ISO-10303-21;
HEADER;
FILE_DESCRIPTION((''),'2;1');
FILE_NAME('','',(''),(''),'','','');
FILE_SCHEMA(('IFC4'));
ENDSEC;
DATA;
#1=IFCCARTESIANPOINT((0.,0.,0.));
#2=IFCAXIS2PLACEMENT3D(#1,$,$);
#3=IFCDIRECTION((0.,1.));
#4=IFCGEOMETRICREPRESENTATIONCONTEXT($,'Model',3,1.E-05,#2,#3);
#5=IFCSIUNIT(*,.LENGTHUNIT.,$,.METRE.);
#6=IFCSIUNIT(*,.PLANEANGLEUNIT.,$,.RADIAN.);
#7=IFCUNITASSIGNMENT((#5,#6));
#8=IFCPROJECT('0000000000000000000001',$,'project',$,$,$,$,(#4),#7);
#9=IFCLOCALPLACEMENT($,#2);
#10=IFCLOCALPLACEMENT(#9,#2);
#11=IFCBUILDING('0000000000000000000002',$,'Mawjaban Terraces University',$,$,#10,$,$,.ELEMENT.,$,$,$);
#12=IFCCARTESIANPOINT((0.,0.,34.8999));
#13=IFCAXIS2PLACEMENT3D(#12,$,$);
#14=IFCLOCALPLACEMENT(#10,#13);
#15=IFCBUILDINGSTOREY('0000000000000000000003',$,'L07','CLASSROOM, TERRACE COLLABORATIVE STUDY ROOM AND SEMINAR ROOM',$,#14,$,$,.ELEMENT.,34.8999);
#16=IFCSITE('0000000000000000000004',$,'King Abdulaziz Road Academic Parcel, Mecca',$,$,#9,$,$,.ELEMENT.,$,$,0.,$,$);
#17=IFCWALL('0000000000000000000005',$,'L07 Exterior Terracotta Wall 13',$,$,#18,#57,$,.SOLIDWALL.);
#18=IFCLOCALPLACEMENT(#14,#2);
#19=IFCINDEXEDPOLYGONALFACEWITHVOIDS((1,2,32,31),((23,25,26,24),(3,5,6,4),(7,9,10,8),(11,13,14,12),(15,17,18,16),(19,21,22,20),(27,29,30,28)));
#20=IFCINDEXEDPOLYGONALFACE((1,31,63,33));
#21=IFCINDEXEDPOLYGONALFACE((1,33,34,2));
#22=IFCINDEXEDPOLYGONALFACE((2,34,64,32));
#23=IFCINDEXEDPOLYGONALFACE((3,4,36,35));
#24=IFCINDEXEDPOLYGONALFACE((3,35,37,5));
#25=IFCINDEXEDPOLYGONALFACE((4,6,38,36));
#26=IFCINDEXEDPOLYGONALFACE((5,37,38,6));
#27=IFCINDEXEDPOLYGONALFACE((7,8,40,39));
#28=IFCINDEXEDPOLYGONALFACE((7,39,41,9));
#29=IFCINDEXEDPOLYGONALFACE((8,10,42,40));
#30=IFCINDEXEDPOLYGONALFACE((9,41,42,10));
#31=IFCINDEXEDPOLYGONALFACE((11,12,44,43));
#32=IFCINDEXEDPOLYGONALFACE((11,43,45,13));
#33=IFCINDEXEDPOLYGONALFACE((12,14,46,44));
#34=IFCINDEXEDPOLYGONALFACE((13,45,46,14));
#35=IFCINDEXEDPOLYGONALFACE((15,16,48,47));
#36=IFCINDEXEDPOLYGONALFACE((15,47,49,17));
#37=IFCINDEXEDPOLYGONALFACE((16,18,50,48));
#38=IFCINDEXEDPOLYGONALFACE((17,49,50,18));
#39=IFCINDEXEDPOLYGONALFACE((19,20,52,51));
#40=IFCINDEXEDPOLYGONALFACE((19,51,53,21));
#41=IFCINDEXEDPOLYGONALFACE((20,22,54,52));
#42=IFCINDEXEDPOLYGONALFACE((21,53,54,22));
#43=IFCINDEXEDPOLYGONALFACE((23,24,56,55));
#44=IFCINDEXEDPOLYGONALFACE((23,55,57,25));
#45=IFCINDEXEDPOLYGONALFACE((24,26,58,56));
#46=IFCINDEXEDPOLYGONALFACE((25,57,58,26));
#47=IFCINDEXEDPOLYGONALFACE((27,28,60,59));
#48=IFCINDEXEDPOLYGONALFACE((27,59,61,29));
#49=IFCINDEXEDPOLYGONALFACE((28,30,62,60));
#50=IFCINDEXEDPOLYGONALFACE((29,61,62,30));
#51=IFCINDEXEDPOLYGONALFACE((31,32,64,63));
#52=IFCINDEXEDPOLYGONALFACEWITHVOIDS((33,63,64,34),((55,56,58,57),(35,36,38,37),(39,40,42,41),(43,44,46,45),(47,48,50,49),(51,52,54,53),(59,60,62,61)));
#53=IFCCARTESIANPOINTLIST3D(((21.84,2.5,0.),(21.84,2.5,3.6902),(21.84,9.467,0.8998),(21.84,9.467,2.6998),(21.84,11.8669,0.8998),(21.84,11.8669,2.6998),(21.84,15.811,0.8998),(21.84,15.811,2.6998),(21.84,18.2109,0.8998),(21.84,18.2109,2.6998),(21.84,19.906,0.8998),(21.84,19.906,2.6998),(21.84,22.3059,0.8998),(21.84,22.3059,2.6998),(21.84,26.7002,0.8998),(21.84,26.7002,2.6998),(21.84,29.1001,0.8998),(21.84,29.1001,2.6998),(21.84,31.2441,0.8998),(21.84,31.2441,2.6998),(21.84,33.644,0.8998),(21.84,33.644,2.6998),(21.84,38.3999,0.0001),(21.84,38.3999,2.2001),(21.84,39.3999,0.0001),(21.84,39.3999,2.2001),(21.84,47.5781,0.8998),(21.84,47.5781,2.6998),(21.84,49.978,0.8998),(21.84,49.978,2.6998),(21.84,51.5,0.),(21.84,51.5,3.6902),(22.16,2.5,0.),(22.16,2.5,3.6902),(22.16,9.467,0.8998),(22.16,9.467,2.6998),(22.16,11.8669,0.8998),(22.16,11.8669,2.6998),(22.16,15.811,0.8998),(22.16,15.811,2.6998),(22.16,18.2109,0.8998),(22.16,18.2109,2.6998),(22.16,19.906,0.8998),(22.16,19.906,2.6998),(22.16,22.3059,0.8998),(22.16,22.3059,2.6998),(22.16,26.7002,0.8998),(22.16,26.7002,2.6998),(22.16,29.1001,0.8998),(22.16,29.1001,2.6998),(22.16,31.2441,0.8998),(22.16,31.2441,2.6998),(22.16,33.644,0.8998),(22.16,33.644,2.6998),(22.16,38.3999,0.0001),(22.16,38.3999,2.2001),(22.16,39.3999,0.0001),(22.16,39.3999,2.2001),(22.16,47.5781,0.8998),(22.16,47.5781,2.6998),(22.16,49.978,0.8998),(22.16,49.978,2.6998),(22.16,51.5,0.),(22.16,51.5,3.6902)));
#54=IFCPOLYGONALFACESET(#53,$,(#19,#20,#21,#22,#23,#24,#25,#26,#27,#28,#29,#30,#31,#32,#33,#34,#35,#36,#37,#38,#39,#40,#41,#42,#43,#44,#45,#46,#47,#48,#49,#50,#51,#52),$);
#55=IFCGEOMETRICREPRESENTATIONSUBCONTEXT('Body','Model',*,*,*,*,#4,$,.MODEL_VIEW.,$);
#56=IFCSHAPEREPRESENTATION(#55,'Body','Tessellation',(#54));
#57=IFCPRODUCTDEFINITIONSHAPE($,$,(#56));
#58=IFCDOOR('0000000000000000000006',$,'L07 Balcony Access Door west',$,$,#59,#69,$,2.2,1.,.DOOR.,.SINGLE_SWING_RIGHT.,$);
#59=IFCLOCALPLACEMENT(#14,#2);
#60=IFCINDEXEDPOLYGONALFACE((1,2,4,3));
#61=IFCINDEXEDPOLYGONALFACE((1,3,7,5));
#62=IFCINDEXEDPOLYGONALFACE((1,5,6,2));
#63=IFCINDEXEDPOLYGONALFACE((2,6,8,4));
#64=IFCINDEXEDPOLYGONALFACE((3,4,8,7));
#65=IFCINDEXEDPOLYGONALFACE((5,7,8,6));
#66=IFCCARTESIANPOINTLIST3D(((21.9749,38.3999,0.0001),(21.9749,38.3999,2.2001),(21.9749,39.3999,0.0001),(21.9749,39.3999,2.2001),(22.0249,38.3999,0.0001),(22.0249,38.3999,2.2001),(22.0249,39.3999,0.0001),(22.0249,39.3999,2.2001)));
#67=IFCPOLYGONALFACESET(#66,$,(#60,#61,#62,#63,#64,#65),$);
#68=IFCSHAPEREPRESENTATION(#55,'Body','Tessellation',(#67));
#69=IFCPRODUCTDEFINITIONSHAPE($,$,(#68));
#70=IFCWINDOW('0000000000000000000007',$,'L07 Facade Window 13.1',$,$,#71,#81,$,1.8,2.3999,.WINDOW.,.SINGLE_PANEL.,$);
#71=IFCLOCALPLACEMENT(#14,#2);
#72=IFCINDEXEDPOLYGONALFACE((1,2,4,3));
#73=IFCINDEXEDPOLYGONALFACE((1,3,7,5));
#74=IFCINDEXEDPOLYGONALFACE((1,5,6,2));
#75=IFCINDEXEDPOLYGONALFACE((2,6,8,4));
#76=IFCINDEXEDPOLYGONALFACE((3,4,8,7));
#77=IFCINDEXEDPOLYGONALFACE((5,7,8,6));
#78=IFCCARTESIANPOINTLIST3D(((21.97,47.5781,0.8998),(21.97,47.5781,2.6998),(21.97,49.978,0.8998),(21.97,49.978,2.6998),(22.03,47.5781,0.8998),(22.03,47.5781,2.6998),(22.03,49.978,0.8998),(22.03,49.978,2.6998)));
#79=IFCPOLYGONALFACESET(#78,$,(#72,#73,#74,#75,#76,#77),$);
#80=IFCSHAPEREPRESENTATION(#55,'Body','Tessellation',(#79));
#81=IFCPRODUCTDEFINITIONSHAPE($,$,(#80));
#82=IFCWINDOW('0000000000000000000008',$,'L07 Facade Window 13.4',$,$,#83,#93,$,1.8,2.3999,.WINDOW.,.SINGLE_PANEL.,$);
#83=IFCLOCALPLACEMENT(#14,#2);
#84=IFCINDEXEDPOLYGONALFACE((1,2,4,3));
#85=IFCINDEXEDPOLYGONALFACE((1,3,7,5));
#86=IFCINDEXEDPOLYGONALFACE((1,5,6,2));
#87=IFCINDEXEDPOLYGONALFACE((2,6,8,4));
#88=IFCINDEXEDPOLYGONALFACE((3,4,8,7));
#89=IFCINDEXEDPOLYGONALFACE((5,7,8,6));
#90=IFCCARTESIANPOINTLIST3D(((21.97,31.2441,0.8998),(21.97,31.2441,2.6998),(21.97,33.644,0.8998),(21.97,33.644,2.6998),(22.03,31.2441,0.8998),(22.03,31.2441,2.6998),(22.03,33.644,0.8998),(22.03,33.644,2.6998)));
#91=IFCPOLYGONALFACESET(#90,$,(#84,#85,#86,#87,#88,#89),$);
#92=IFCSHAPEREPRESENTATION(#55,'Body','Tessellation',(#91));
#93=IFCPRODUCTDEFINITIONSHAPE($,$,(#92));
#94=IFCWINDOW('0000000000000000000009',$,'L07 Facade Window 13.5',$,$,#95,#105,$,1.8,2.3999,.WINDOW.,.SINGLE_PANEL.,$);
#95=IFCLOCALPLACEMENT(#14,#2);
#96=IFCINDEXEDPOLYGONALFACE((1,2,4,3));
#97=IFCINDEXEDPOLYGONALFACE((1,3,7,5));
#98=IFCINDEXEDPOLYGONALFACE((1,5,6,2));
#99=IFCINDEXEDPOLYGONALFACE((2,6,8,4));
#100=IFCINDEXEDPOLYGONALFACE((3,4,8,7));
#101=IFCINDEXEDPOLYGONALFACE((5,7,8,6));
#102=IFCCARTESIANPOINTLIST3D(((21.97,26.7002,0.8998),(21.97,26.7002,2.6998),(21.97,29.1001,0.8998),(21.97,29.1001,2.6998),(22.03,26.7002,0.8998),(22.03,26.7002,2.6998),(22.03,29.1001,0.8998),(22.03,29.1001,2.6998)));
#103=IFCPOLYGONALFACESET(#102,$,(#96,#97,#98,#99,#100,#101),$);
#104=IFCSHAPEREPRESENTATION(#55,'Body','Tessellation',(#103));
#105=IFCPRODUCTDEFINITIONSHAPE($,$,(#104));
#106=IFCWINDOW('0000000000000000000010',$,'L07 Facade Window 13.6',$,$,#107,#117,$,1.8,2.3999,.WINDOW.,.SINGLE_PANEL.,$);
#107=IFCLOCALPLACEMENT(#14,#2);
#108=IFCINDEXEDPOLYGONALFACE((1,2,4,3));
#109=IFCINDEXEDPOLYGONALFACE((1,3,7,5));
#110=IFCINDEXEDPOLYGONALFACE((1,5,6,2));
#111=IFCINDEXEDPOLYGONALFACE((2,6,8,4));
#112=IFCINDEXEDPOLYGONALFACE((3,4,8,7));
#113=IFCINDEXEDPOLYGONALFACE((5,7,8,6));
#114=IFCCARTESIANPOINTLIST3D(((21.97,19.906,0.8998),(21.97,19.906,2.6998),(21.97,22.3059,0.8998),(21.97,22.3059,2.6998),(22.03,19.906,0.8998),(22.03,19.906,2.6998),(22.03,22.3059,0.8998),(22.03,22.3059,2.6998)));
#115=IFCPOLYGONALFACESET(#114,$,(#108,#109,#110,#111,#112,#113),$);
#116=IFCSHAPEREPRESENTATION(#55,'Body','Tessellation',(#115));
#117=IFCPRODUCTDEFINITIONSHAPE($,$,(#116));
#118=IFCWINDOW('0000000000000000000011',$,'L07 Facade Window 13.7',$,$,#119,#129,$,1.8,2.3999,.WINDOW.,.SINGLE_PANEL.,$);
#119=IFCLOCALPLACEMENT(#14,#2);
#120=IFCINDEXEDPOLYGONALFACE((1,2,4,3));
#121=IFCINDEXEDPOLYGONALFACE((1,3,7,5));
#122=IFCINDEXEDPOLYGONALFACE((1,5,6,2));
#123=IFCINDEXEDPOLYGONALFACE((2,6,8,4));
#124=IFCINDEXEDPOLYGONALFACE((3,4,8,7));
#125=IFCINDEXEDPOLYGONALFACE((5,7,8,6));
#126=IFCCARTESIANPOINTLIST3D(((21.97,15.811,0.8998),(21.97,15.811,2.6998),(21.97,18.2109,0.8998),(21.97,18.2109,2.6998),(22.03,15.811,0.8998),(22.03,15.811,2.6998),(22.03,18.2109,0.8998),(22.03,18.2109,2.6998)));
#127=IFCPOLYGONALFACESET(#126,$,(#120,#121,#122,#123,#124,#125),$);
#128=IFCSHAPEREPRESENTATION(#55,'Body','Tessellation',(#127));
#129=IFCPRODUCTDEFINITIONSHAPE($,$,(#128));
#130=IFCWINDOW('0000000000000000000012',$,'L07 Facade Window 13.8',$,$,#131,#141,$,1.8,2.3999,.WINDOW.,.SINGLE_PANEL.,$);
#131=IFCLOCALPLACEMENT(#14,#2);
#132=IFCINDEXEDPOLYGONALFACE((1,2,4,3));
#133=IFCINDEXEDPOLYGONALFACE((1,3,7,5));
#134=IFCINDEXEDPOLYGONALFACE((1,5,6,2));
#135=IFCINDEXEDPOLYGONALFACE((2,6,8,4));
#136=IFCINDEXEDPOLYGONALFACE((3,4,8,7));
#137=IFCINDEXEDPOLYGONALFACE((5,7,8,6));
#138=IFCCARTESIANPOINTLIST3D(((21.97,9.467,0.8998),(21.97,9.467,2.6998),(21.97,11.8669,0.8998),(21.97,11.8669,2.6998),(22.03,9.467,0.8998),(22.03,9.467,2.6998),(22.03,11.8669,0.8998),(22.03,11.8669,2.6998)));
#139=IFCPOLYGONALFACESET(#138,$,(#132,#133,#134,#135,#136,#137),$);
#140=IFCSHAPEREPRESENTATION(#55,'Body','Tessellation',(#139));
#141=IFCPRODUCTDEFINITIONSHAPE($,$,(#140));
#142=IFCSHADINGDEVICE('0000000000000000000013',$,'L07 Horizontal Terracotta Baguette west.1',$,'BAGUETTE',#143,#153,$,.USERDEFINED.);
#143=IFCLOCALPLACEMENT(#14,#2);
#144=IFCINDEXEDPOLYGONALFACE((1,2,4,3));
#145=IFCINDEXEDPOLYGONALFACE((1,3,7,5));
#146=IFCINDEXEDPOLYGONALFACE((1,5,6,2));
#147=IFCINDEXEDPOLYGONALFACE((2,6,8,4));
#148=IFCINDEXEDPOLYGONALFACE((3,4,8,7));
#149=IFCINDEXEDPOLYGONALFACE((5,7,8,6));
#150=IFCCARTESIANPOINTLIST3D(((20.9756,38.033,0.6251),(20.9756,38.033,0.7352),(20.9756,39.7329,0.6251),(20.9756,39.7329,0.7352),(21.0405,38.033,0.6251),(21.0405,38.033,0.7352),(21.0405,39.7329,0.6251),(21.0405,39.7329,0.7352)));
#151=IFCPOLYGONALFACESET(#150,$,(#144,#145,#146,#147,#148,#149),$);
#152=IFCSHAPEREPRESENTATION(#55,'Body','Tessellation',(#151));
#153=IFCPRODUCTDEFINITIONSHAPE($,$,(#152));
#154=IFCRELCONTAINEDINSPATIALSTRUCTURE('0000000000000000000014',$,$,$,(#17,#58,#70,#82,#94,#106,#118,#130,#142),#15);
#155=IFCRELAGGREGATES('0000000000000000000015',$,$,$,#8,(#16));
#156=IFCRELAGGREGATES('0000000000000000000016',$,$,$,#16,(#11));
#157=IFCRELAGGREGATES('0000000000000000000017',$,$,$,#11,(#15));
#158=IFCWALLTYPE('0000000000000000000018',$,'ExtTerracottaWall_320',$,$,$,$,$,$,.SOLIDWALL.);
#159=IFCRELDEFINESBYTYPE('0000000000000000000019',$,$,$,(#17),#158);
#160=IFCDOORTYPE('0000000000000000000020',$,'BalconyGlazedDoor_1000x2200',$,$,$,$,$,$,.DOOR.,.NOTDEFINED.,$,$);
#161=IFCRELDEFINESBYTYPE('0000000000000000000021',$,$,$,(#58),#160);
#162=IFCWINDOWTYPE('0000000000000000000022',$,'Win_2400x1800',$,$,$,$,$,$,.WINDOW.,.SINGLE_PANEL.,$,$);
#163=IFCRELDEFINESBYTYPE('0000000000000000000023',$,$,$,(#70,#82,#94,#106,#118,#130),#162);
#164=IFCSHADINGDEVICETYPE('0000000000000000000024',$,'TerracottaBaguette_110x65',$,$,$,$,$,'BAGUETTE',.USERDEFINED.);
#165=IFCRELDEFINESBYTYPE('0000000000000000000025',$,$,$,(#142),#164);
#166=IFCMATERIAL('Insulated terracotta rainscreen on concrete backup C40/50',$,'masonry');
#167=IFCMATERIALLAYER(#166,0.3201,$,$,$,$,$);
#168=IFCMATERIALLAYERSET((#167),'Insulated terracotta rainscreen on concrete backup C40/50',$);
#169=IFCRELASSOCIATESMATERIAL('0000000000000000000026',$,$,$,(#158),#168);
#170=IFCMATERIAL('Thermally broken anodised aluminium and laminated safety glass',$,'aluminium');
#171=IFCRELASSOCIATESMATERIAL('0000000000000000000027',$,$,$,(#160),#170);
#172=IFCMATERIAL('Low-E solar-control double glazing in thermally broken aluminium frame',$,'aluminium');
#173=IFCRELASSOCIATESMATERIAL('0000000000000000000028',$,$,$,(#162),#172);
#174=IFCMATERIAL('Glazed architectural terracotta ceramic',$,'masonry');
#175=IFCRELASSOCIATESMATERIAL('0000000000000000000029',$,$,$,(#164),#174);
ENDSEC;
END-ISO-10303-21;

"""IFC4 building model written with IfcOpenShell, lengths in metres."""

from ifc_helpers import new_model, si_unit, direction, frame, frame_2d, origin, origin_2d, place, context, subcontext, project, spatial, rectangle, extrude, material, layer, layer_set, material_profile, profile_set, type_object, element, fill, save


model = new_model("IFC4")

# Units and contexts
model_context = context("Model", 3, precision=1e-05, world=origin(), true_north=direction((0.0, 1.0)))
body_context = subcontext(model_context, "Body", "Model", "MODEL_VIEW")
ifc_project = project(units=[si_unit("LENGTHUNIT", "METRE"), si_unit("PLANEANGLEUNIT", "RADIAN")], contexts=[model_context])

# Site, building, storey
site_placement = place(None, origin())
site = spatial("IfcSite", under=ifc_project, at=site_placement, Name="King Abdulaziz Road Academic Parcel, Mecca", CompositionType="ELEMENT", RefElevation=0.0)
building_placement = place(site_placement, origin())
building = spatial("IfcBuilding", under=site, at=building_placement, Name="Mawjaban Terraces University", CompositionType="ELEMENT")
storey_placement = place(building_placement, frame((0.0, 0.0, 34.8999)))
storey = spatial("IfcBuildingStorey", under=building, at=storey_placement, Name="L07", Description="CLASSROOM, TERRACE COLLABORATIVE STUDY ROOM AND SEMINAR ROOM", CompositionType="ELEMENT", Elevation=34.8999)

# Shared definitions
ifc_material_1 = material(Name="Insulated terracotta rainscreen on concrete backup C40/50", Category="masonry")
ifc_layer_1 = layer(ifc_material_1, 0.3201)
ifc_layer_set_1 = layer_set([ifc_layer_1], Name="Insulated terracotta rainscreen on concrete backup C40/50")
wall_type_1 = type_object("IfcWallType", Name="ExtTerracottaWall_320", PredefinedType="SOLIDWALL", material=ifc_layer_set_1)

# Wall, openings, door, windows
wall_1_placement = place(storey_placement, frame((22.0, 51.5, 0.0), z_axis=(0.0, 0.0, 1.0), x_axis=(0.0, -1.0, 0.0)))
wall_1 = element("IfcWall", 1, at=wall_1_placement, inside=storey, type_object=wall_type_1, Name="L07 Exterior Terracotta Wall 13", PredefinedType="SOLIDWALL", context=body_context, shape_type="SweptSolid", body=[
    extrude(rectangle(XDim=49.0, YDim=0.3201, at=frame_2d((24.5, 0.0))), origin(), (0.0, 0.0, 1.0), 3.6902),
])
opening_1_placement = place(wall_1_placement, frame((12.1001, 0.0, 0.0)))
opening_1 = element("IfcOpeningElement", 2, at=opening_1_placement, cuts=wall_1, PredefinedType="OPENING", context=body_context, shape_type="SweptSolid", body=[
    extrude(rectangle(XDim=1.0, YDim=2.2, at=frame_2d((0.5, 1.1001))), frame((0.0, 0.1699, 0.0), z_axis=(0.0, -1.0, 0.0), x_axis=(1.0, 0.0, 0.0)), (0.0, 0.0, 1.0), 0.3401),
])
opening_2_placement = place(wall_1_placement, frame((1.522, 0.0, 0.8999)))
opening_2 = element("IfcOpeningElement", 3, at=opening_2_placement, cuts=wall_1, PredefinedType="OPENING", context=body_context, shape_type="SweptSolid", body=[
    extrude(rectangle(XDim=2.3999, YDim=1.8, at=frame_2d((1.2, 0.8999))), frame((0.0, 0.1699, 0.0), z_axis=(0.0, -1.0, 0.0), x_axis=(1.0, 0.0, 0.0)), (0.0, 0.0, 1.0), 0.3401),
])
opening_3_placement = place(wall_1_placement, frame((17.856, 0.0, 0.8999)))
opening_3 = element("IfcOpeningElement", 4, at=opening_3_placement, cuts=wall_1, PredefinedType="OPENING", context=body_context, shape_type="SweptSolid", body=[
    extrude(rectangle(XDim=2.3999, YDim=1.8, at=frame_2d((1.2, 0.8999))), frame((0.0, 0.1699, 0.0), z_axis=(0.0, -1.0, 0.0), x_axis=(1.0, 0.0, 0.0)), (0.0, 0.0, 1.0), 0.3401),
])
opening_4_placement = place(wall_1_placement, frame((22.3999, 0.0, 0.8999)))
opening_4 = element("IfcOpeningElement", 5, at=opening_4_placement, cuts=wall_1, PredefinedType="OPENING", context=body_context, shape_type="SweptSolid", body=[
    extrude(rectangle(XDim=2.3999, YDim=1.8, at=frame_2d((1.2, 0.8999))), frame((0.0, 0.1699, 0.0), z_axis=(0.0, -1.0, 0.0), x_axis=(1.0, 0.0, 0.0)), (0.0, 0.0, 1.0), 0.3401),
])
opening_5_placement = place(wall_1_placement, frame((29.1941, 0.0, 0.8999)))
opening_5 = element("IfcOpeningElement", 6, at=opening_5_placement, cuts=wall_1, PredefinedType="OPENING", context=body_context, shape_type="SweptSolid", body=[
    extrude(rectangle(XDim=2.3999, YDim=1.8, at=frame_2d((1.2, 0.8999))), frame((0.0, 0.1699, 0.0), z_axis=(0.0, -1.0, 0.0), x_axis=(1.0, 0.0, 0.0)), (0.0, 0.0, 1.0), 0.3401),
])
opening_6_placement = place(wall_1_placement, frame((33.2891, 0.0, 0.8999)))
opening_6 = element("IfcOpeningElement", 7, at=opening_6_placement, cuts=wall_1, PredefinedType="OPENING", context=body_context, shape_type="SweptSolid", body=[
    extrude(rectangle(XDim=2.3999, YDim=1.8, at=frame_2d((1.2, 0.8999))), frame((0.0, 0.1699, 0.0), z_axis=(0.0, -1.0, 0.0), x_axis=(1.0, 0.0, 0.0)), (0.0, 0.0, 1.0), 0.3401),
])
opening_7_placement = place(wall_1_placement, frame((39.6331, 0.0, 0.8999)))
opening_7 = element("IfcOpeningElement", 8, at=opening_7_placement, cuts=wall_1, PredefinedType="OPENING", context=body_context, shape_type="SweptSolid", body=[
    extrude(rectangle(XDim=2.3999, YDim=1.8, at=frame_2d((1.2, 0.8999))), frame((0.0, 0.1699, 0.0), z_axis=(0.0, -1.0, 0.0), x_axis=(1.0, 0.0, 0.0)), (0.0, 0.0, 1.0), 0.3401),
])
ifc_material_2 = material(Name="Thermally broken anodised aluminium and laminated safety glass", Category="aluminium")
door_type_1 = type_object("IfcDoorType", Name="BalconyGlazedDoor_1000x2200", OperationType="NOTDEFINED", PredefinedType="DOOR", material=ifc_material_2)
door_1_placement = place(opening_1_placement, origin())
door_1 = element("IfcDoor", 9, at=door_1_placement, inside=storey, type_object=door_type_1, Name="L07 Balcony Access Door west", OperationType="SINGLE_SWING_RIGHT", OverallHeight=2.2, OverallWidth=1.0, PredefinedType="DOOR", context=body_context, shape_type="SweptSolid", body=[
    extrude(rectangle(XDim=1.0, YDim=2.2, at=frame_2d((0.5, 1.1001))), frame((0.0, 0.0249, 0.0), z_axis=(0.0, -1.0, 0.0), x_axis=(1.0, 0.0, 0.0)), (0.0, 0.0, 1.0), 0.05),
])
fill(opening_1, door_1)
ifc_material_3 = material(Name="Low-E solar-control double glazing in thermally broken aluminium frame", Category="aluminium")
window_type = type_object("IfcWindowType", Name="Win_2400x1800", PartitioningType="SINGLE_PANEL", PredefinedType="WINDOW", material=ifc_material_3)
window_1_placement = place(opening_2_placement, origin())
window_1 = element("IfcWindow", 10, at=window_1_placement, inside=storey, type_object=window_type, Name="L07 Facade Window 13.1", OverallHeight=1.8, OverallWidth=2.3999, PartitioningType="SINGLE_PANEL", PredefinedType="WINDOW", context=body_context, shape_type="SweptSolid", body=[
    extrude(rectangle(XDim=2.3999, YDim=1.8, at=frame_2d((1.2, 0.8999))), frame((0.0, 0.03, 0.0), z_axis=(0.0, -1.0, 0.0), x_axis=(1.0, 0.0, 0.0)), (0.0, 0.0, 1.0), 0.0601),
])
fill(opening_2, window_1)
window_2_placement = place(opening_3_placement, origin())
window_2 = element("IfcWindow", 11, at=window_2_placement, inside=storey, type_object=window_type, Name="L07 Facade Window 13.4", OverallHeight=1.8, OverallWidth=2.3999, PartitioningType="SINGLE_PANEL", PredefinedType="WINDOW", context=body_context, shape_type="SweptSolid", body=[
    extrude(rectangle(XDim=2.3999, YDim=1.8, at=frame_2d((1.2, 0.8999))), frame((0.0, 0.03, 0.0), z_axis=(0.0, -1.0, 0.0), x_axis=(1.0, 0.0, 0.0)), (0.0, 0.0, 1.0), 0.0601),
])
fill(opening_3, window_2)
window_3_placement = place(opening_4_placement, origin())
window_3 = element("IfcWindow", 12, at=window_3_placement, inside=storey, type_object=window_type, Name="L07 Facade Window 13.5", OverallHeight=1.8, OverallWidth=2.3999, PartitioningType="SINGLE_PANEL", PredefinedType="WINDOW", context=body_context, shape_type="SweptSolid", body=[
    extrude(rectangle(XDim=2.3999, YDim=1.8, at=frame_2d((1.2, 0.8999))), frame((0.0, 0.03, 0.0), z_axis=(0.0, -1.0, 0.0), x_axis=(1.0, 0.0, 0.0)), (0.0, 0.0, 1.0), 0.0601),
])
fill(opening_4, window_3)
window_4_placement = place(opening_5_placement, origin())
window_4 = element("IfcWindow", 13, at=window_4_placement, inside=storey, type_object=window_type, Name="L07 Facade Window 13.6", OverallHeight=1.8, OverallWidth=2.3999, PartitioningType="SINGLE_PANEL", PredefinedType="WINDOW", context=body_context, shape_type="SweptSolid", body=[
    extrude(rectangle(XDim=2.3999, YDim=1.8, at=frame_2d((1.2, 0.8999))), frame((0.0, 0.03, 0.0), z_axis=(0.0, -1.0, 0.0), x_axis=(1.0, 0.0, 0.0)), (0.0, 0.0, 1.0), 0.0601),
])
fill(opening_5, window_4)
window_5_placement = place(opening_6_placement, origin())
window_5 = element("IfcWindow", 14, at=window_5_placement, inside=storey, type_object=window_type, Name="L07 Facade Window 13.7", OverallHeight=1.8, OverallWidth=2.3999, PartitioningType="SINGLE_PANEL", PredefinedType="WINDOW", context=body_context, shape_type="SweptSolid", body=[
    extrude(rectangle(XDim=2.3999, YDim=1.8, at=frame_2d((1.2, 0.8999))), frame((0.0, 0.03, 0.0), z_axis=(0.0, -1.0, 0.0), x_axis=(1.0, 0.0, 0.0)), (0.0, 0.0, 1.0), 0.0601),
])
fill(opening_6, window_5)
window_6_placement = place(opening_7_placement, origin())
window_6 = element("IfcWindow", 15, at=window_6_placement, inside=storey, type_object=window_type, Name="L07 Facade Window 13.8", OverallHeight=1.8, OverallWidth=2.3999, PartitioningType="SINGLE_PANEL", PredefinedType="WINDOW", context=body_context, shape_type="SweptSolid", body=[
    extrude(rectangle(XDim=2.3999, YDim=1.8, at=frame_2d((1.2, 0.8999))), frame((0.0, 0.03, 0.0), z_axis=(0.0, -1.0, 0.0), x_axis=(1.0, 0.0, 0.0)), (0.0, 0.0, 1.0), 0.0601),
])
fill(opening_7, window_6)

# Shading device
ifc_material_4 = material(Name="Glazed architectural terracotta ceramic", Category="masonry")
ifc_material_profile_1 = material_profile(ifc_material_4, rectangle(XDim=0.0649, YDim=0.1101, at=origin_2d()), Name="TBAG110X65")
ifc_profile_set_1 = profile_set([ifc_material_profile_1], Name="Glazed architectural terracotta ceramic")
shading_device_type_1 = type_object("IfcShadingDeviceType", Name="TerracottaBaguette_110x65", ElementType="BAGUETTE", PredefinedType="USERDEFINED", material=ifc_profile_set_1)
for number, where, z_axis, x_axis, name in (
    (16, (21.0081, 38.033, 0.6802), (0.0, 1.0, 0.0), (-1.0, 0.0, 0.0), "L07 Horizontal Terracotta Baguette west.1"),
):
    element("IfcShadingDevice", number, at=place(storey_placement, frame(where, z_axis=z_axis, x_axis=x_axis)), inside=storey, type_object=shading_device_type_1, Name=name, ObjectType="BAGUETTE", PredefinedType="USERDEFINED", context=body_context, shape_type="SweptSolid", body=[
        extrude(rectangle(XDim=0.0649, YDim=0.1101, at=origin_2d()), origin(), (0.0, 0.0, 1.0), 1.7),
    ])

save(model, "model.ifc")
